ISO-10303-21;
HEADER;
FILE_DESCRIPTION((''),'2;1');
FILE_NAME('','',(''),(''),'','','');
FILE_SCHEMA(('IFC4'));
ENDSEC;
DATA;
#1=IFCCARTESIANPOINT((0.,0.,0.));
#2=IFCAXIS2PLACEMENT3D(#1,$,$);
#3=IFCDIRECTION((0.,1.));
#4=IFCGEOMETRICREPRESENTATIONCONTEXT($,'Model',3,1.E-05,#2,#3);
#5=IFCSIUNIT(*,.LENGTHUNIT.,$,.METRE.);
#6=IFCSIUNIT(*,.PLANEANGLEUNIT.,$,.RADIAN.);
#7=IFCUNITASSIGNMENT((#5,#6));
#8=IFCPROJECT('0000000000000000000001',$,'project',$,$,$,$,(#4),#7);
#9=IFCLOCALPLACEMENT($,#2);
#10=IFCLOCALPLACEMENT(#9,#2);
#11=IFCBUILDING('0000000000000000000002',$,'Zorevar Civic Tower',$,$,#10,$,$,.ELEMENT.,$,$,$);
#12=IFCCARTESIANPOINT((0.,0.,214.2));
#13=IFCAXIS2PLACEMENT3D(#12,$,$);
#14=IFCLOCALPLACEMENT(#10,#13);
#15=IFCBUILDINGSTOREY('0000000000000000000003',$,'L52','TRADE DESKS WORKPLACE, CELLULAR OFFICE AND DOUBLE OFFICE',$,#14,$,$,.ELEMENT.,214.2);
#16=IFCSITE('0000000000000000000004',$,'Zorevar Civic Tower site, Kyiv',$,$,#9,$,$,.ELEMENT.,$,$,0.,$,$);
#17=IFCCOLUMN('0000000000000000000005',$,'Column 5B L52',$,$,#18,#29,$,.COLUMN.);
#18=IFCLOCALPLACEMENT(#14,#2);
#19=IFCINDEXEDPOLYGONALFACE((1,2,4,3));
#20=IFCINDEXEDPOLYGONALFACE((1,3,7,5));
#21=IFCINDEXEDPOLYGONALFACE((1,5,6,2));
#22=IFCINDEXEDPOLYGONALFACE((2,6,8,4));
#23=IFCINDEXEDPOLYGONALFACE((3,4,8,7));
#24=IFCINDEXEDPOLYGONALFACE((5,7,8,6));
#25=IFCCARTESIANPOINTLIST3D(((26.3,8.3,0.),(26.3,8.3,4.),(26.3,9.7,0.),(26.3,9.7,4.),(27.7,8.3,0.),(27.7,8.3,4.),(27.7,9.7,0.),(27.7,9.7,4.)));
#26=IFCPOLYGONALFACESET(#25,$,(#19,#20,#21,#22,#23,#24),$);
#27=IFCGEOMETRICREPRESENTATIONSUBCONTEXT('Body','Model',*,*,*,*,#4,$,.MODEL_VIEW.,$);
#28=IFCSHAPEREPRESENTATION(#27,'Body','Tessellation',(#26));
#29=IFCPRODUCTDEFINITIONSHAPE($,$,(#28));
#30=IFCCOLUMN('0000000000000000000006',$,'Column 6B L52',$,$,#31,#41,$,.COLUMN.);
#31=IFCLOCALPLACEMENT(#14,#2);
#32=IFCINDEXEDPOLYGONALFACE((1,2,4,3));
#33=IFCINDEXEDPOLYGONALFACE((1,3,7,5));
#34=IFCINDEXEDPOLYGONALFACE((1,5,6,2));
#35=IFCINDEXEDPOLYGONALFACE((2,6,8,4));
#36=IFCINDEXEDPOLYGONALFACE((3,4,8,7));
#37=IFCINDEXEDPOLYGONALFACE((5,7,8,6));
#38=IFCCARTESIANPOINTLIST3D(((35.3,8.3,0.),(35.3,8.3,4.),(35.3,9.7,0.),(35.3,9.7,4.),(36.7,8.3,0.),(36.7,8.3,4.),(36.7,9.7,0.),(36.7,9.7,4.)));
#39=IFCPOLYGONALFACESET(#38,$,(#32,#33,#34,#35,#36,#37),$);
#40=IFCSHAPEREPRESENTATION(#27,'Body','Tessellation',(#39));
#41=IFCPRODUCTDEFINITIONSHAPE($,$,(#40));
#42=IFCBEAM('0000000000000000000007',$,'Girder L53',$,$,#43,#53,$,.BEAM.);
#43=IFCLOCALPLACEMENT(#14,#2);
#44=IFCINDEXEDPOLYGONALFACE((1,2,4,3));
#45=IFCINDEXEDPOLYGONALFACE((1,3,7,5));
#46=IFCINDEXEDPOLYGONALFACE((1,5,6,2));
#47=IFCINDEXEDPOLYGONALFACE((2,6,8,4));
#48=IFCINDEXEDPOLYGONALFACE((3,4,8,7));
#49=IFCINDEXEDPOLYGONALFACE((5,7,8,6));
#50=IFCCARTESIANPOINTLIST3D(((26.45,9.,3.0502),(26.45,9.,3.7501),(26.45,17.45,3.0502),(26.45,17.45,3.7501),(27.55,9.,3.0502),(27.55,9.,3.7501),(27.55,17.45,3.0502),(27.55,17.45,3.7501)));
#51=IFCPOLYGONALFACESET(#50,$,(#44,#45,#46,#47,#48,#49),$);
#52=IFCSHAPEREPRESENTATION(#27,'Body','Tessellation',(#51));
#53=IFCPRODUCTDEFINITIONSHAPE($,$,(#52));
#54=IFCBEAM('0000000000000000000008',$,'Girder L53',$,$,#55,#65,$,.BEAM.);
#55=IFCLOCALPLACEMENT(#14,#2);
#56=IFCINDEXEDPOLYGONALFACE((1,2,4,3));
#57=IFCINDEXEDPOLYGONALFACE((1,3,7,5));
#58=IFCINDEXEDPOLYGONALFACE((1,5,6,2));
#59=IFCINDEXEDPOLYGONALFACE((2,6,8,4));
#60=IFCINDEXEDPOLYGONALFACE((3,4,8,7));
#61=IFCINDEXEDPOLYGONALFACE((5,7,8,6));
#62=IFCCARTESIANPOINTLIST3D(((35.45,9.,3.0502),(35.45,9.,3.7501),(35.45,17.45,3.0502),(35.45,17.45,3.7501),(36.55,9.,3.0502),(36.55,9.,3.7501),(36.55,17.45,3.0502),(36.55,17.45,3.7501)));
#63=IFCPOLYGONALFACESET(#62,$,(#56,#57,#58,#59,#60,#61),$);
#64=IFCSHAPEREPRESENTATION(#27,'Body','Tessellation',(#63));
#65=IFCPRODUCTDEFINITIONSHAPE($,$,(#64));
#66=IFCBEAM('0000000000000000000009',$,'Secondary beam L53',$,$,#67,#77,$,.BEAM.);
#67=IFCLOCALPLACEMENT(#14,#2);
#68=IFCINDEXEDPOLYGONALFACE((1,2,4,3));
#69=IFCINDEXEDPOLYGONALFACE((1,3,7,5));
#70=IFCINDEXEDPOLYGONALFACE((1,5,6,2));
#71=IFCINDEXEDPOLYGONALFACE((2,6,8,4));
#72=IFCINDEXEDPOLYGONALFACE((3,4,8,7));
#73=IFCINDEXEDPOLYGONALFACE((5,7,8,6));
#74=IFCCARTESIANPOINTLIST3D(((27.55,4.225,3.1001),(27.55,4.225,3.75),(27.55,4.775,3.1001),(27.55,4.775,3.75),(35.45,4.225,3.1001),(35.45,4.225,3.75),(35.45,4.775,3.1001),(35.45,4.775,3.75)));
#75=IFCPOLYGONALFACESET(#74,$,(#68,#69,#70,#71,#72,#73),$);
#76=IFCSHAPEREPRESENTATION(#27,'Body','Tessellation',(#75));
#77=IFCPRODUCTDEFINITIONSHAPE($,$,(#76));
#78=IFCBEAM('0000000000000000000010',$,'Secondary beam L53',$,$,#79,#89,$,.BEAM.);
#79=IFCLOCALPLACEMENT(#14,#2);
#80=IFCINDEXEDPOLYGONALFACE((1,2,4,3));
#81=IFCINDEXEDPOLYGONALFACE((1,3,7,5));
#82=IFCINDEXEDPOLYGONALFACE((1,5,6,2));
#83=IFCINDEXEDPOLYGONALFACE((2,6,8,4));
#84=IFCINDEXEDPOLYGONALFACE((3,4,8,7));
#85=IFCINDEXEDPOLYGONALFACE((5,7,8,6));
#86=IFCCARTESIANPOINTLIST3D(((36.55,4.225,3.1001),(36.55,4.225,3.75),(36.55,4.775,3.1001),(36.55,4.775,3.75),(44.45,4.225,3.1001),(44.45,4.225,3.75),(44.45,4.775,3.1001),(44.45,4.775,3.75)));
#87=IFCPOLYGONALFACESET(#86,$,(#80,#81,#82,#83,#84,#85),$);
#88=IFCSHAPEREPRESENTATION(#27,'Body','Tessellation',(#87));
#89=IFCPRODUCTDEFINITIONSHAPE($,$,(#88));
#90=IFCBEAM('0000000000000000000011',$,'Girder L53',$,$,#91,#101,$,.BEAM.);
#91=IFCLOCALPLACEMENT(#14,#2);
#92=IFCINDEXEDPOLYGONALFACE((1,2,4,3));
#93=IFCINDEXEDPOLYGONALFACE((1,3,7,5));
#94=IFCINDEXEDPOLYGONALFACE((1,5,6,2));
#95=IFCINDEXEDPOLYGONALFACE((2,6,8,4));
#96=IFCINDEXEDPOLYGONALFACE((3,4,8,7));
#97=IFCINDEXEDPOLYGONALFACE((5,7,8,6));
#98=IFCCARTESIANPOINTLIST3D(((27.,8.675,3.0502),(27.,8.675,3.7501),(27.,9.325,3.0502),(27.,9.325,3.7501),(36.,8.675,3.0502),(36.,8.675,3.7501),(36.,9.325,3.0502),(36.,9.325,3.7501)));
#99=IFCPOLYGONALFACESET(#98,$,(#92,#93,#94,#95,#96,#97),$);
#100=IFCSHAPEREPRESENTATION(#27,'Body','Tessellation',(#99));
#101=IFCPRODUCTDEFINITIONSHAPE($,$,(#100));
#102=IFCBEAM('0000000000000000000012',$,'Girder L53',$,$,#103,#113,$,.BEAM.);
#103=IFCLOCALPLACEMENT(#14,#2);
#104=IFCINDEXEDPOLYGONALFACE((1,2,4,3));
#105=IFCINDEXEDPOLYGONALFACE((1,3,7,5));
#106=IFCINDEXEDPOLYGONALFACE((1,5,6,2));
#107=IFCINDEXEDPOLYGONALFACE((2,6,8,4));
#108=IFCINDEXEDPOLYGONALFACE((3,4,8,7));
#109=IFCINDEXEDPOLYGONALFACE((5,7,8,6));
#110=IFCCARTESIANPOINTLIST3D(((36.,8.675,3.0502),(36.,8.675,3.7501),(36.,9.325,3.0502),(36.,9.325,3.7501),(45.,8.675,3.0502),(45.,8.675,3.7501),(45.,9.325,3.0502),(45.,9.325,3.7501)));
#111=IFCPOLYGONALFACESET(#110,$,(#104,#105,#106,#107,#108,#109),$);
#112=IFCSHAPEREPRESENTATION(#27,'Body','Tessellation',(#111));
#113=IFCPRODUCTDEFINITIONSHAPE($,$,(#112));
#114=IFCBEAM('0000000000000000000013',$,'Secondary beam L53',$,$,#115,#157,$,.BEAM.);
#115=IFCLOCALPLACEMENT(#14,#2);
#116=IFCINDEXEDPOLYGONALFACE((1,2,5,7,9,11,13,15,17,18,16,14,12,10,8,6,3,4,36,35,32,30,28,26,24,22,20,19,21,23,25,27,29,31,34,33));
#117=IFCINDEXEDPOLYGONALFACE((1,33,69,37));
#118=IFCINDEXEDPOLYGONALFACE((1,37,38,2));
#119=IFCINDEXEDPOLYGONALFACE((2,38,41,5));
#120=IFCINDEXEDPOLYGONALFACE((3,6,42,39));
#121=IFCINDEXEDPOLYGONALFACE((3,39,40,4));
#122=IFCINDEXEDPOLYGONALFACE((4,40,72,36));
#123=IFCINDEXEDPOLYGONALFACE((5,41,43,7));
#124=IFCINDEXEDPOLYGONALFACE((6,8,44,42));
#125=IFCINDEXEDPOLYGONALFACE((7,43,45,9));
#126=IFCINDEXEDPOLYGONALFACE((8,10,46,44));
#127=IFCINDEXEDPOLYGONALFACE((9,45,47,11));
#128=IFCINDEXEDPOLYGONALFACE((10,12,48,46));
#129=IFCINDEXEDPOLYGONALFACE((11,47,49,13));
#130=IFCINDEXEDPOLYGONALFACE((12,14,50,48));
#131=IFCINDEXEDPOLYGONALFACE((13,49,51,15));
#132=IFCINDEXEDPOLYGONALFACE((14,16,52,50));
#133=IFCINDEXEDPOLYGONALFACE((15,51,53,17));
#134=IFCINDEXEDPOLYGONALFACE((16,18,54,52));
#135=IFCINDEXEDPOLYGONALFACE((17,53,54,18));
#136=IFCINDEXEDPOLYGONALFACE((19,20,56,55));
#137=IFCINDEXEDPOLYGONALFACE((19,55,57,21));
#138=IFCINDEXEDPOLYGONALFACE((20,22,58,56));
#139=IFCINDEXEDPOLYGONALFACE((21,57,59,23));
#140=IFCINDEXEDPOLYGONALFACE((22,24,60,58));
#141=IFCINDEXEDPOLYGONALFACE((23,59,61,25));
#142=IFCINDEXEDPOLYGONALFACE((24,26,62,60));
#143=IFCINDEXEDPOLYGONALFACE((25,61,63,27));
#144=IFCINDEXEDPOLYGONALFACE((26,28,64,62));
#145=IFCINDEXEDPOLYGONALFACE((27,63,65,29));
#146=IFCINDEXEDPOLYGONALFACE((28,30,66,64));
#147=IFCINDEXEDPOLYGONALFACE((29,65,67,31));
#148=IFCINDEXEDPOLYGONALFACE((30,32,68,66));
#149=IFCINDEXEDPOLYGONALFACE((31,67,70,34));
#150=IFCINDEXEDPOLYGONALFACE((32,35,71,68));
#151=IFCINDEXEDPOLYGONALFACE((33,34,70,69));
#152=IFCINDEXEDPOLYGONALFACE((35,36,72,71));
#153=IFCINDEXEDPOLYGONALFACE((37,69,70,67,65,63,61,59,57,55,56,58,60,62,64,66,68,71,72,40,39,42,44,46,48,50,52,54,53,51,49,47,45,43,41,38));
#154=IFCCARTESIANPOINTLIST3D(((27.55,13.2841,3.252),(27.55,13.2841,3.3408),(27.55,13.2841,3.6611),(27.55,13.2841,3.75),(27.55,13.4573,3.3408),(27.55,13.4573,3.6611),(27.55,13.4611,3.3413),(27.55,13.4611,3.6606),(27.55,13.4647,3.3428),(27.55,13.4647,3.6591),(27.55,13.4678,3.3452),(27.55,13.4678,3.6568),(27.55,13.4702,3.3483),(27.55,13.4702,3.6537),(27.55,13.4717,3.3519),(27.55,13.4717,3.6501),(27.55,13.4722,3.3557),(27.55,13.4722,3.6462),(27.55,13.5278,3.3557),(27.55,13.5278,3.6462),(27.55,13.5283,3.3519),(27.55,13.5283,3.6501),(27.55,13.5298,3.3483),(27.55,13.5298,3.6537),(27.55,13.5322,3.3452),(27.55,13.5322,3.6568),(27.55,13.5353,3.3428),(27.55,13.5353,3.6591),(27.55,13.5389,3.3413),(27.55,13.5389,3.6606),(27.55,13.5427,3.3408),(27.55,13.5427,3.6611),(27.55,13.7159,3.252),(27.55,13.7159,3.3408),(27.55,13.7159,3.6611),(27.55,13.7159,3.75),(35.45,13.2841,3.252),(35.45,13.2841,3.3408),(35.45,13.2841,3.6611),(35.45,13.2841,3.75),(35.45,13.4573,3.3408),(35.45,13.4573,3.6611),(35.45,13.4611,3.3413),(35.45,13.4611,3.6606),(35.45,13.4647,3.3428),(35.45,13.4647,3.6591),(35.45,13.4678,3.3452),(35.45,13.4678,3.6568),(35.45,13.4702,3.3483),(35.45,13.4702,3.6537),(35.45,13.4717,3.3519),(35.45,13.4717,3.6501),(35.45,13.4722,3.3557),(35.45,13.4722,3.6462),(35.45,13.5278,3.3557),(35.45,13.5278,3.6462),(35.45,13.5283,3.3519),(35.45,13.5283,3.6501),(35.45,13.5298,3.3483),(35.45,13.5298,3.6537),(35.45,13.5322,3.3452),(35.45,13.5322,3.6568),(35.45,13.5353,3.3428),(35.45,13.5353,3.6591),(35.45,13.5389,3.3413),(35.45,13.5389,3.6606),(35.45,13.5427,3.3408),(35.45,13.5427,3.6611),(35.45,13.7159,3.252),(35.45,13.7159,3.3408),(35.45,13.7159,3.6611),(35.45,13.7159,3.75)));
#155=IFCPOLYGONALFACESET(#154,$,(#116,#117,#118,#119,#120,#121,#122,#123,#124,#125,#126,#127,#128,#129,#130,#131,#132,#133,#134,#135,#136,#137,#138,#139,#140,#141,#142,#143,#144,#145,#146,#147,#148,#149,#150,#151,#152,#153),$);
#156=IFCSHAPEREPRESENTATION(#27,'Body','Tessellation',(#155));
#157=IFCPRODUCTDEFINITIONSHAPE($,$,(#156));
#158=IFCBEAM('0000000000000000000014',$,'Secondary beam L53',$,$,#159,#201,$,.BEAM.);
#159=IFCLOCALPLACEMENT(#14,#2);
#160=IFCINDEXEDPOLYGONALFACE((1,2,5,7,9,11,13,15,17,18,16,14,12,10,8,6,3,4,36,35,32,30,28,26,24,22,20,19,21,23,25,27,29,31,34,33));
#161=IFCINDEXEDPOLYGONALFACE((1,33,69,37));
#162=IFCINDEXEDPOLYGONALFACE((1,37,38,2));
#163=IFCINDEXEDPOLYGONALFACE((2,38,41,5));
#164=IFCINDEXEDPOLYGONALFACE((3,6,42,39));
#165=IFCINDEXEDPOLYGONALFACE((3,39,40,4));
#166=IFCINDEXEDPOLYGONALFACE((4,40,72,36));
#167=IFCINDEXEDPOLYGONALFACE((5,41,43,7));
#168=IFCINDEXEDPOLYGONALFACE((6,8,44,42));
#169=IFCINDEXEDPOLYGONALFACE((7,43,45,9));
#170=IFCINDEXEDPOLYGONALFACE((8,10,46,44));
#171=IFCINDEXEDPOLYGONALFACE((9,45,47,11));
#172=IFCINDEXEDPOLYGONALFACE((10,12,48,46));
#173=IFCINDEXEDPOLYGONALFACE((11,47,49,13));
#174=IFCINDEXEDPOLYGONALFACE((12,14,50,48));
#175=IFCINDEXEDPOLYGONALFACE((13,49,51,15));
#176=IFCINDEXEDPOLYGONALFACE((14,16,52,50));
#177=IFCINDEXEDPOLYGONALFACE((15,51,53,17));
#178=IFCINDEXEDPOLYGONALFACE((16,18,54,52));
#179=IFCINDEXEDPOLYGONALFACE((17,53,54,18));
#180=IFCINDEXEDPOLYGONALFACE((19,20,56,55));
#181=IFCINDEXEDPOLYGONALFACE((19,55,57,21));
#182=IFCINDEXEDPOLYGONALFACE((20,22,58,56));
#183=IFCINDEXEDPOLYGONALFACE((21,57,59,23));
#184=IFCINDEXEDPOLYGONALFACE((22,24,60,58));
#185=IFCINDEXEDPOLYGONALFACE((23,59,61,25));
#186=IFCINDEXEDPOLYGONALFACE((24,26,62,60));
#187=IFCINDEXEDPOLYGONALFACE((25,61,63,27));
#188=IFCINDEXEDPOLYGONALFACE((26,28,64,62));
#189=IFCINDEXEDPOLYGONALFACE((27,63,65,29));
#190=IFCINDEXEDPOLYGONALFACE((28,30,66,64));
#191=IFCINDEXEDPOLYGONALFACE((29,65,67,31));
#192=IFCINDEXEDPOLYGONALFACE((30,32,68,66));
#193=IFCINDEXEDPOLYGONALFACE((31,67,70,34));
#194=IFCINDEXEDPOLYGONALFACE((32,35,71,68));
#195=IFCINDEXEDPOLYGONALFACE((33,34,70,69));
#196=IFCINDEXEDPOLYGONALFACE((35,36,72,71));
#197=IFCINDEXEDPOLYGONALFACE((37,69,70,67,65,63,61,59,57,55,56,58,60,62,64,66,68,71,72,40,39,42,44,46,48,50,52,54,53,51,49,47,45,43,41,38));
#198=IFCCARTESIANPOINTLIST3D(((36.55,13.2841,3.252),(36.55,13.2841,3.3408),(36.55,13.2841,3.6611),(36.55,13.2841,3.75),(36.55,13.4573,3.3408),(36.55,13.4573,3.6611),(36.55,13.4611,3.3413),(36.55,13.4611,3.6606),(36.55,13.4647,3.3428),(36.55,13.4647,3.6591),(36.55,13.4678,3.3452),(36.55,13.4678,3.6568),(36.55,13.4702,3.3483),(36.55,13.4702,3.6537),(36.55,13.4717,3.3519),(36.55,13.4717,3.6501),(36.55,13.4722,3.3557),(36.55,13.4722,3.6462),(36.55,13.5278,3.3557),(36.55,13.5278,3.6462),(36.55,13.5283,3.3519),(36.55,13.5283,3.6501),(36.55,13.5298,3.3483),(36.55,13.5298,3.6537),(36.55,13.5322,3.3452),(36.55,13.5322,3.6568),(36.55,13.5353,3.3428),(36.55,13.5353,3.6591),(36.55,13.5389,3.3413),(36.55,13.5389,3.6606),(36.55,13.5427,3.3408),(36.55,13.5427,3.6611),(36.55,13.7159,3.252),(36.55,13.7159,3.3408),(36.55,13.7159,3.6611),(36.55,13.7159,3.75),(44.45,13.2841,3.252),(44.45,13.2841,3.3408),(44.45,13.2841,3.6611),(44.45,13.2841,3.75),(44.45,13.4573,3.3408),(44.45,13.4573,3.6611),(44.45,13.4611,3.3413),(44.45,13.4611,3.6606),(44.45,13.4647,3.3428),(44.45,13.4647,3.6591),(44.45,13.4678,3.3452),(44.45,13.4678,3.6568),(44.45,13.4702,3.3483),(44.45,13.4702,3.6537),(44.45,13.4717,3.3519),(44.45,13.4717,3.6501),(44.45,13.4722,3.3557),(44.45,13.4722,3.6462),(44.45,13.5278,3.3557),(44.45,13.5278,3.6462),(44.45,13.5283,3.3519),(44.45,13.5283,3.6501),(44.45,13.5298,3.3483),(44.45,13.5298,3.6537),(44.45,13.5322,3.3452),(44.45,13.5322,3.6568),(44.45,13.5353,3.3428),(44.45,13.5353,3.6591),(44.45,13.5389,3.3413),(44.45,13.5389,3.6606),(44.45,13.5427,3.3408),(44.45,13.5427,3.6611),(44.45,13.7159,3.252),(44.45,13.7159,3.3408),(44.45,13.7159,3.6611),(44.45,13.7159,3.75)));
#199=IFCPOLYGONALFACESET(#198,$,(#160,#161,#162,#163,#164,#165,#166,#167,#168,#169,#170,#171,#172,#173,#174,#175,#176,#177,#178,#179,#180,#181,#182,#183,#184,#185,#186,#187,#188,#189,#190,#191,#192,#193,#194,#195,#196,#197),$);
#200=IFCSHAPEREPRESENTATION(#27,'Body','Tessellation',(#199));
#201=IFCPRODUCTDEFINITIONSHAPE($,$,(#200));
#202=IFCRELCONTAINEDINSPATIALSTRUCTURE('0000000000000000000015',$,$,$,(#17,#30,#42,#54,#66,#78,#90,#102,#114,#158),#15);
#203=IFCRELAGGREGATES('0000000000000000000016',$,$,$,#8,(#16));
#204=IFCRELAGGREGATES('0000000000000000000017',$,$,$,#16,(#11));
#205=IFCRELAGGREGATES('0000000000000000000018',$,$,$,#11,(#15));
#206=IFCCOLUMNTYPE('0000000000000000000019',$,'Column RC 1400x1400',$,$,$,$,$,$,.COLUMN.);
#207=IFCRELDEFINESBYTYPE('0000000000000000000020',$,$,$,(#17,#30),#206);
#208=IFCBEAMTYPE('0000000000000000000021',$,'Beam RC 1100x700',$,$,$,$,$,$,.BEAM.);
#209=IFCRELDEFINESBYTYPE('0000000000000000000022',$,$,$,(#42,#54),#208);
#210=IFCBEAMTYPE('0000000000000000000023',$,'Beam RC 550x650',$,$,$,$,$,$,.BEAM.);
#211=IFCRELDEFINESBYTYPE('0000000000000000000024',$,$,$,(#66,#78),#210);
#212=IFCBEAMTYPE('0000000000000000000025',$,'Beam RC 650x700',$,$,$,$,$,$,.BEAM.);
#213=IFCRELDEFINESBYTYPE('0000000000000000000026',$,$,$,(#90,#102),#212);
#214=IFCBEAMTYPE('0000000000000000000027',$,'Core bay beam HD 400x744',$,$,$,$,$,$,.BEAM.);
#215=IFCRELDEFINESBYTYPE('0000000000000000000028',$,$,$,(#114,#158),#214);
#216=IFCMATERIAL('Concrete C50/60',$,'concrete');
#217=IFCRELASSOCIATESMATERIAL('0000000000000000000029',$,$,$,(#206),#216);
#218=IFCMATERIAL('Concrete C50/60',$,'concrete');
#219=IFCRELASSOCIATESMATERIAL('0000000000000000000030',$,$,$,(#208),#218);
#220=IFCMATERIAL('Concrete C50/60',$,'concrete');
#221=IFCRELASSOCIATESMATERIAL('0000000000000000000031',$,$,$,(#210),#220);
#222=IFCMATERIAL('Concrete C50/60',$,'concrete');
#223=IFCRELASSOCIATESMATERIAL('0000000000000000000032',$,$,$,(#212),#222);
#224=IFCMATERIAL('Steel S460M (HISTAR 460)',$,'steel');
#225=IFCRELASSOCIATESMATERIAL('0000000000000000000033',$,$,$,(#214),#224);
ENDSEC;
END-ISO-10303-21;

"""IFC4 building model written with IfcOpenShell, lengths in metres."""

from ifc_helpers import new_model, si_unit, direction, frame, origin, origin_2d, place, context, subcontext, project, spatial, rectangle, i_section, extrude, material, material_profile, profile_set, type_object, element, save


model = new_model("IFC4")

# Units and contexts
model_context = context("Model", 3, precision=1e-05, world=origin(), true_north=direction((0.0, 1.0)))
body_context = subcontext(model_context, "Body", "Model", "MODEL_VIEW")
ifc_project = project(units=[si_unit("LENGTHUNIT", "METRE"), si_unit("PLANEANGLEUNIT", "RADIAN")], contexts=[model_context])

# Site, building, storey
site_placement = place(None, origin())
site = spatial("IfcSite", under=ifc_project, at=site_placement, Name="Zorevar Civic Tower site, Kyiv", CompositionType="ELEMENT", RefElevation=0.0)
building_placement = place(site_placement, origin())
building = spatial("IfcBuilding", under=site, at=building_placement, Name="Zorevar Civic Tower", CompositionType="ELEMENT")
storey_placement = place(building_placement, frame((0.0, 0.0, 214.2)))
storey = spatial("IfcBuildingStorey", under=building, at=storey_placement, Name="L52", Description="TRADE DESKS WORKPLACE, CELLULAR OFFICE AND DOUBLE OFFICE", CompositionType="ELEMENT", Elevation=214.2)

# Columns
ifc_material_1 = material(Name="Concrete C50/60", Category="concrete")
ifc_material_profile_1 = material_profile(ifc_material_1, rectangle(XDim=1.3999, YDim=1.3999, at=origin_2d()), Name="RC 1400x1400")
ifc_profile_set_1 = profile_set([ifc_material_profile_1], Name="Concrete C50/60")
column_type = type_object("IfcColumnType", Name="Column RC 1400x1400", PredefinedType="COLUMN", material=ifc_profile_set_1)
for number, where, z_axis, x_axis, name in (
    (1, (27.0, 9.0, 0.0), (0.0, 0.0, 1.0), (1.0, 0.0, 0.0), "Column 5B L52"),
    (2, (36.0, 9.0, 0.0), (0.0, 0.0, 1.0), (1.0, 0.0, 0.0), "Column 6B L52"),
):
    element("IfcColumn", number, at=place(storey_placement, frame(where, z_axis=z_axis, x_axis=x_axis)), inside=storey, type_object=column_type, Name=name, PredefinedType="COLUMN", context=body_context, shape_type="SweptSolid", body=[
        extrude(rectangle(XDim=1.3999, YDim=1.3999, at=origin_2d()), origin(), (0.0, 0.0, 1.0), 4.0),
    ])

# Beams
ifc_material_2 = material(Name="Concrete C50/60", Category="concrete")
ifc_material_profile_2 = material_profile(ifc_material_2, rectangle(XDim=1.1001, YDim=0.7, at=origin_2d()), Name="RC 1100x700")
ifc_profile_set_2 = profile_set([ifc_material_profile_2], Name="Concrete C50/60")
beam_type_1 = type_object("IfcBeamType", Name="Beam RC 1100x700", PredefinedType="BEAM", material=ifc_profile_set_2)
for number, where, z_axis, x_axis, name in (
    (3, (27.0, 9.0, 3.4001), (0.0, 1.0, 0.0), (-1.0, 0.0, 0.0), "Girder L53"),
    (4, (36.0, 9.0, 3.4001), (0.0, 1.0, 0.0), (-1.0, 0.0, 0.0), "Girder L53"),
):
    element("IfcBeam", number, at=place(storey_placement, frame(where, z_axis=z_axis, x_axis=x_axis)), inside=storey, type_object=beam_type_1, Name=name, PredefinedType="BEAM", context=body_context, shape_type="SweptSolid", body=[
        extrude(rectangle(XDim=1.1001, YDim=0.7, at=origin_2d()), origin(), (0.0, 0.0, 1.0), 8.45),
    ])
ifc_material_3 = material(Name="Concrete C50/60", Category="concrete")
ifc_material_profile_3 = material_profile(ifc_material_3, rectangle(XDim=0.55, YDim=0.6499, at=origin_2d()), Name="RC 550x650")
ifc_profile_set_3 = profile_set([ifc_material_profile_3], Name="Concrete C50/60")
beam_type_2 = type_object("IfcBeamType", Name="Beam RC 550x650", PredefinedType="BEAM", material=ifc_profile_set_3)
for number, where, z_axis, x_axis, name in (
    (5, (27.55, 4.5, 3.425), (1.0, 0.0, 0.0), (0.0, 1.0, 0.0), "Secondary beam L53"),
    (6, (36.55, 4.5, 3.425), (1.0, 0.0, 0.0), (0.0, 1.0, 0.0), "Secondary beam L53"),
):
    element("IfcBeam", number, at=place(storey_placement, frame(where, z_axis=z_axis, x_axis=x_axis)), inside=storey, type_object=beam_type_2, Name=name, PredefinedType="BEAM", context=body_context, shape_type="SweptSolid", body=[
        extrude(rectangle(XDim=0.55, YDim=0.6499, at=origin_2d()), origin(), (0.0, 0.0, 1.0), 7.8999),
    ])
ifc_material_4 = material(Name="Concrete C50/60", Category="concrete")
ifc_material_profile_4 = material_profile(ifc_material_4, rectangle(XDim=0.6499, YDim=0.7, at=origin_2d()), Name="RC 650x700")
ifc_profile_set_4 = profile_set([ifc_material_profile_4], Name="Concrete C50/60")
beam_type_3 = type_object("IfcBeamType", Name="Beam RC 650x700", PredefinedType="BEAM", material=ifc_profile_set_4)
for number, where, z_axis, x_axis, name in (
    (7, (27.0, 9.0, 3.4001), (1.0, 0.0, 0.0), (0.0, 1.0, 0.0), "Girder L53"),
    (8, (36.0, 9.0, 3.4001), (1.0, 0.0, 0.0), (0.0, 1.0, 0.0), "Girder L53"),
):
    element("IfcBeam", number, at=place(storey_placement, frame(where, z_axis=z_axis, x_axis=x_axis)), inside=storey, type_object=beam_type_3, Name=name, PredefinedType="BEAM", context=body_context, shape_type="SweptSolid", body=[
        extrude(rectangle(XDim=0.6499, YDim=0.7, at=origin_2d()), origin(), (0.0, 0.0, 1.0), 9.0),
    ])
ifc_material_5 = material(Name="Steel S460M (HISTAR 460)", Category="steel")
ifc_material_profile_5 = material_profile(ifc_material_5, i_section(OverallWidth=0.4319, OverallDepth=0.498, WebThickness=0.0557, FlangeThickness=0.0889, FilletRadius=0.0149, at=origin_2d()), Name="HD 400x744")
ifc_profile_set_5 = profile_set([ifc_material_profile_5], Name="Steel S460M (HISTAR 460)")
beam_type_4 = type_object("IfcBeamType", Name="Core bay beam HD 400x744", PredefinedType="BEAM", material=ifc_profile_set_5)
for number, where, z_axis, x_axis, name in (
    (9, (27.55, 13.5, 3.501), (1.0, 0.0, 0.0), (0.0, 1.0, 0.0), "Secondary beam L53"),
    (10, (36.55, 13.5, 3.501), (1.0, 0.0, 0.0), (0.0, 1.0, 0.0), "Secondary beam L53"),
):
    element("IfcBeam", number, at=place(storey_placement, frame(where, z_axis=z_axis, x_axis=x_axis)), inside=storey, type_object=beam_type_4, Name=name, PredefinedType="BEAM", context=body_context, shape_type="SweptSolid", body=[
        extrude(i_section(OverallWidth=0.4319, OverallDepth=0.498, WebThickness=0.0557, FlangeThickness=0.0889, FilletRadius=0.0149, at=origin_2d()), origin(), (0.0, 0.0, 1.0), 7.8999),
    ])

save(model, "model.ifc")
